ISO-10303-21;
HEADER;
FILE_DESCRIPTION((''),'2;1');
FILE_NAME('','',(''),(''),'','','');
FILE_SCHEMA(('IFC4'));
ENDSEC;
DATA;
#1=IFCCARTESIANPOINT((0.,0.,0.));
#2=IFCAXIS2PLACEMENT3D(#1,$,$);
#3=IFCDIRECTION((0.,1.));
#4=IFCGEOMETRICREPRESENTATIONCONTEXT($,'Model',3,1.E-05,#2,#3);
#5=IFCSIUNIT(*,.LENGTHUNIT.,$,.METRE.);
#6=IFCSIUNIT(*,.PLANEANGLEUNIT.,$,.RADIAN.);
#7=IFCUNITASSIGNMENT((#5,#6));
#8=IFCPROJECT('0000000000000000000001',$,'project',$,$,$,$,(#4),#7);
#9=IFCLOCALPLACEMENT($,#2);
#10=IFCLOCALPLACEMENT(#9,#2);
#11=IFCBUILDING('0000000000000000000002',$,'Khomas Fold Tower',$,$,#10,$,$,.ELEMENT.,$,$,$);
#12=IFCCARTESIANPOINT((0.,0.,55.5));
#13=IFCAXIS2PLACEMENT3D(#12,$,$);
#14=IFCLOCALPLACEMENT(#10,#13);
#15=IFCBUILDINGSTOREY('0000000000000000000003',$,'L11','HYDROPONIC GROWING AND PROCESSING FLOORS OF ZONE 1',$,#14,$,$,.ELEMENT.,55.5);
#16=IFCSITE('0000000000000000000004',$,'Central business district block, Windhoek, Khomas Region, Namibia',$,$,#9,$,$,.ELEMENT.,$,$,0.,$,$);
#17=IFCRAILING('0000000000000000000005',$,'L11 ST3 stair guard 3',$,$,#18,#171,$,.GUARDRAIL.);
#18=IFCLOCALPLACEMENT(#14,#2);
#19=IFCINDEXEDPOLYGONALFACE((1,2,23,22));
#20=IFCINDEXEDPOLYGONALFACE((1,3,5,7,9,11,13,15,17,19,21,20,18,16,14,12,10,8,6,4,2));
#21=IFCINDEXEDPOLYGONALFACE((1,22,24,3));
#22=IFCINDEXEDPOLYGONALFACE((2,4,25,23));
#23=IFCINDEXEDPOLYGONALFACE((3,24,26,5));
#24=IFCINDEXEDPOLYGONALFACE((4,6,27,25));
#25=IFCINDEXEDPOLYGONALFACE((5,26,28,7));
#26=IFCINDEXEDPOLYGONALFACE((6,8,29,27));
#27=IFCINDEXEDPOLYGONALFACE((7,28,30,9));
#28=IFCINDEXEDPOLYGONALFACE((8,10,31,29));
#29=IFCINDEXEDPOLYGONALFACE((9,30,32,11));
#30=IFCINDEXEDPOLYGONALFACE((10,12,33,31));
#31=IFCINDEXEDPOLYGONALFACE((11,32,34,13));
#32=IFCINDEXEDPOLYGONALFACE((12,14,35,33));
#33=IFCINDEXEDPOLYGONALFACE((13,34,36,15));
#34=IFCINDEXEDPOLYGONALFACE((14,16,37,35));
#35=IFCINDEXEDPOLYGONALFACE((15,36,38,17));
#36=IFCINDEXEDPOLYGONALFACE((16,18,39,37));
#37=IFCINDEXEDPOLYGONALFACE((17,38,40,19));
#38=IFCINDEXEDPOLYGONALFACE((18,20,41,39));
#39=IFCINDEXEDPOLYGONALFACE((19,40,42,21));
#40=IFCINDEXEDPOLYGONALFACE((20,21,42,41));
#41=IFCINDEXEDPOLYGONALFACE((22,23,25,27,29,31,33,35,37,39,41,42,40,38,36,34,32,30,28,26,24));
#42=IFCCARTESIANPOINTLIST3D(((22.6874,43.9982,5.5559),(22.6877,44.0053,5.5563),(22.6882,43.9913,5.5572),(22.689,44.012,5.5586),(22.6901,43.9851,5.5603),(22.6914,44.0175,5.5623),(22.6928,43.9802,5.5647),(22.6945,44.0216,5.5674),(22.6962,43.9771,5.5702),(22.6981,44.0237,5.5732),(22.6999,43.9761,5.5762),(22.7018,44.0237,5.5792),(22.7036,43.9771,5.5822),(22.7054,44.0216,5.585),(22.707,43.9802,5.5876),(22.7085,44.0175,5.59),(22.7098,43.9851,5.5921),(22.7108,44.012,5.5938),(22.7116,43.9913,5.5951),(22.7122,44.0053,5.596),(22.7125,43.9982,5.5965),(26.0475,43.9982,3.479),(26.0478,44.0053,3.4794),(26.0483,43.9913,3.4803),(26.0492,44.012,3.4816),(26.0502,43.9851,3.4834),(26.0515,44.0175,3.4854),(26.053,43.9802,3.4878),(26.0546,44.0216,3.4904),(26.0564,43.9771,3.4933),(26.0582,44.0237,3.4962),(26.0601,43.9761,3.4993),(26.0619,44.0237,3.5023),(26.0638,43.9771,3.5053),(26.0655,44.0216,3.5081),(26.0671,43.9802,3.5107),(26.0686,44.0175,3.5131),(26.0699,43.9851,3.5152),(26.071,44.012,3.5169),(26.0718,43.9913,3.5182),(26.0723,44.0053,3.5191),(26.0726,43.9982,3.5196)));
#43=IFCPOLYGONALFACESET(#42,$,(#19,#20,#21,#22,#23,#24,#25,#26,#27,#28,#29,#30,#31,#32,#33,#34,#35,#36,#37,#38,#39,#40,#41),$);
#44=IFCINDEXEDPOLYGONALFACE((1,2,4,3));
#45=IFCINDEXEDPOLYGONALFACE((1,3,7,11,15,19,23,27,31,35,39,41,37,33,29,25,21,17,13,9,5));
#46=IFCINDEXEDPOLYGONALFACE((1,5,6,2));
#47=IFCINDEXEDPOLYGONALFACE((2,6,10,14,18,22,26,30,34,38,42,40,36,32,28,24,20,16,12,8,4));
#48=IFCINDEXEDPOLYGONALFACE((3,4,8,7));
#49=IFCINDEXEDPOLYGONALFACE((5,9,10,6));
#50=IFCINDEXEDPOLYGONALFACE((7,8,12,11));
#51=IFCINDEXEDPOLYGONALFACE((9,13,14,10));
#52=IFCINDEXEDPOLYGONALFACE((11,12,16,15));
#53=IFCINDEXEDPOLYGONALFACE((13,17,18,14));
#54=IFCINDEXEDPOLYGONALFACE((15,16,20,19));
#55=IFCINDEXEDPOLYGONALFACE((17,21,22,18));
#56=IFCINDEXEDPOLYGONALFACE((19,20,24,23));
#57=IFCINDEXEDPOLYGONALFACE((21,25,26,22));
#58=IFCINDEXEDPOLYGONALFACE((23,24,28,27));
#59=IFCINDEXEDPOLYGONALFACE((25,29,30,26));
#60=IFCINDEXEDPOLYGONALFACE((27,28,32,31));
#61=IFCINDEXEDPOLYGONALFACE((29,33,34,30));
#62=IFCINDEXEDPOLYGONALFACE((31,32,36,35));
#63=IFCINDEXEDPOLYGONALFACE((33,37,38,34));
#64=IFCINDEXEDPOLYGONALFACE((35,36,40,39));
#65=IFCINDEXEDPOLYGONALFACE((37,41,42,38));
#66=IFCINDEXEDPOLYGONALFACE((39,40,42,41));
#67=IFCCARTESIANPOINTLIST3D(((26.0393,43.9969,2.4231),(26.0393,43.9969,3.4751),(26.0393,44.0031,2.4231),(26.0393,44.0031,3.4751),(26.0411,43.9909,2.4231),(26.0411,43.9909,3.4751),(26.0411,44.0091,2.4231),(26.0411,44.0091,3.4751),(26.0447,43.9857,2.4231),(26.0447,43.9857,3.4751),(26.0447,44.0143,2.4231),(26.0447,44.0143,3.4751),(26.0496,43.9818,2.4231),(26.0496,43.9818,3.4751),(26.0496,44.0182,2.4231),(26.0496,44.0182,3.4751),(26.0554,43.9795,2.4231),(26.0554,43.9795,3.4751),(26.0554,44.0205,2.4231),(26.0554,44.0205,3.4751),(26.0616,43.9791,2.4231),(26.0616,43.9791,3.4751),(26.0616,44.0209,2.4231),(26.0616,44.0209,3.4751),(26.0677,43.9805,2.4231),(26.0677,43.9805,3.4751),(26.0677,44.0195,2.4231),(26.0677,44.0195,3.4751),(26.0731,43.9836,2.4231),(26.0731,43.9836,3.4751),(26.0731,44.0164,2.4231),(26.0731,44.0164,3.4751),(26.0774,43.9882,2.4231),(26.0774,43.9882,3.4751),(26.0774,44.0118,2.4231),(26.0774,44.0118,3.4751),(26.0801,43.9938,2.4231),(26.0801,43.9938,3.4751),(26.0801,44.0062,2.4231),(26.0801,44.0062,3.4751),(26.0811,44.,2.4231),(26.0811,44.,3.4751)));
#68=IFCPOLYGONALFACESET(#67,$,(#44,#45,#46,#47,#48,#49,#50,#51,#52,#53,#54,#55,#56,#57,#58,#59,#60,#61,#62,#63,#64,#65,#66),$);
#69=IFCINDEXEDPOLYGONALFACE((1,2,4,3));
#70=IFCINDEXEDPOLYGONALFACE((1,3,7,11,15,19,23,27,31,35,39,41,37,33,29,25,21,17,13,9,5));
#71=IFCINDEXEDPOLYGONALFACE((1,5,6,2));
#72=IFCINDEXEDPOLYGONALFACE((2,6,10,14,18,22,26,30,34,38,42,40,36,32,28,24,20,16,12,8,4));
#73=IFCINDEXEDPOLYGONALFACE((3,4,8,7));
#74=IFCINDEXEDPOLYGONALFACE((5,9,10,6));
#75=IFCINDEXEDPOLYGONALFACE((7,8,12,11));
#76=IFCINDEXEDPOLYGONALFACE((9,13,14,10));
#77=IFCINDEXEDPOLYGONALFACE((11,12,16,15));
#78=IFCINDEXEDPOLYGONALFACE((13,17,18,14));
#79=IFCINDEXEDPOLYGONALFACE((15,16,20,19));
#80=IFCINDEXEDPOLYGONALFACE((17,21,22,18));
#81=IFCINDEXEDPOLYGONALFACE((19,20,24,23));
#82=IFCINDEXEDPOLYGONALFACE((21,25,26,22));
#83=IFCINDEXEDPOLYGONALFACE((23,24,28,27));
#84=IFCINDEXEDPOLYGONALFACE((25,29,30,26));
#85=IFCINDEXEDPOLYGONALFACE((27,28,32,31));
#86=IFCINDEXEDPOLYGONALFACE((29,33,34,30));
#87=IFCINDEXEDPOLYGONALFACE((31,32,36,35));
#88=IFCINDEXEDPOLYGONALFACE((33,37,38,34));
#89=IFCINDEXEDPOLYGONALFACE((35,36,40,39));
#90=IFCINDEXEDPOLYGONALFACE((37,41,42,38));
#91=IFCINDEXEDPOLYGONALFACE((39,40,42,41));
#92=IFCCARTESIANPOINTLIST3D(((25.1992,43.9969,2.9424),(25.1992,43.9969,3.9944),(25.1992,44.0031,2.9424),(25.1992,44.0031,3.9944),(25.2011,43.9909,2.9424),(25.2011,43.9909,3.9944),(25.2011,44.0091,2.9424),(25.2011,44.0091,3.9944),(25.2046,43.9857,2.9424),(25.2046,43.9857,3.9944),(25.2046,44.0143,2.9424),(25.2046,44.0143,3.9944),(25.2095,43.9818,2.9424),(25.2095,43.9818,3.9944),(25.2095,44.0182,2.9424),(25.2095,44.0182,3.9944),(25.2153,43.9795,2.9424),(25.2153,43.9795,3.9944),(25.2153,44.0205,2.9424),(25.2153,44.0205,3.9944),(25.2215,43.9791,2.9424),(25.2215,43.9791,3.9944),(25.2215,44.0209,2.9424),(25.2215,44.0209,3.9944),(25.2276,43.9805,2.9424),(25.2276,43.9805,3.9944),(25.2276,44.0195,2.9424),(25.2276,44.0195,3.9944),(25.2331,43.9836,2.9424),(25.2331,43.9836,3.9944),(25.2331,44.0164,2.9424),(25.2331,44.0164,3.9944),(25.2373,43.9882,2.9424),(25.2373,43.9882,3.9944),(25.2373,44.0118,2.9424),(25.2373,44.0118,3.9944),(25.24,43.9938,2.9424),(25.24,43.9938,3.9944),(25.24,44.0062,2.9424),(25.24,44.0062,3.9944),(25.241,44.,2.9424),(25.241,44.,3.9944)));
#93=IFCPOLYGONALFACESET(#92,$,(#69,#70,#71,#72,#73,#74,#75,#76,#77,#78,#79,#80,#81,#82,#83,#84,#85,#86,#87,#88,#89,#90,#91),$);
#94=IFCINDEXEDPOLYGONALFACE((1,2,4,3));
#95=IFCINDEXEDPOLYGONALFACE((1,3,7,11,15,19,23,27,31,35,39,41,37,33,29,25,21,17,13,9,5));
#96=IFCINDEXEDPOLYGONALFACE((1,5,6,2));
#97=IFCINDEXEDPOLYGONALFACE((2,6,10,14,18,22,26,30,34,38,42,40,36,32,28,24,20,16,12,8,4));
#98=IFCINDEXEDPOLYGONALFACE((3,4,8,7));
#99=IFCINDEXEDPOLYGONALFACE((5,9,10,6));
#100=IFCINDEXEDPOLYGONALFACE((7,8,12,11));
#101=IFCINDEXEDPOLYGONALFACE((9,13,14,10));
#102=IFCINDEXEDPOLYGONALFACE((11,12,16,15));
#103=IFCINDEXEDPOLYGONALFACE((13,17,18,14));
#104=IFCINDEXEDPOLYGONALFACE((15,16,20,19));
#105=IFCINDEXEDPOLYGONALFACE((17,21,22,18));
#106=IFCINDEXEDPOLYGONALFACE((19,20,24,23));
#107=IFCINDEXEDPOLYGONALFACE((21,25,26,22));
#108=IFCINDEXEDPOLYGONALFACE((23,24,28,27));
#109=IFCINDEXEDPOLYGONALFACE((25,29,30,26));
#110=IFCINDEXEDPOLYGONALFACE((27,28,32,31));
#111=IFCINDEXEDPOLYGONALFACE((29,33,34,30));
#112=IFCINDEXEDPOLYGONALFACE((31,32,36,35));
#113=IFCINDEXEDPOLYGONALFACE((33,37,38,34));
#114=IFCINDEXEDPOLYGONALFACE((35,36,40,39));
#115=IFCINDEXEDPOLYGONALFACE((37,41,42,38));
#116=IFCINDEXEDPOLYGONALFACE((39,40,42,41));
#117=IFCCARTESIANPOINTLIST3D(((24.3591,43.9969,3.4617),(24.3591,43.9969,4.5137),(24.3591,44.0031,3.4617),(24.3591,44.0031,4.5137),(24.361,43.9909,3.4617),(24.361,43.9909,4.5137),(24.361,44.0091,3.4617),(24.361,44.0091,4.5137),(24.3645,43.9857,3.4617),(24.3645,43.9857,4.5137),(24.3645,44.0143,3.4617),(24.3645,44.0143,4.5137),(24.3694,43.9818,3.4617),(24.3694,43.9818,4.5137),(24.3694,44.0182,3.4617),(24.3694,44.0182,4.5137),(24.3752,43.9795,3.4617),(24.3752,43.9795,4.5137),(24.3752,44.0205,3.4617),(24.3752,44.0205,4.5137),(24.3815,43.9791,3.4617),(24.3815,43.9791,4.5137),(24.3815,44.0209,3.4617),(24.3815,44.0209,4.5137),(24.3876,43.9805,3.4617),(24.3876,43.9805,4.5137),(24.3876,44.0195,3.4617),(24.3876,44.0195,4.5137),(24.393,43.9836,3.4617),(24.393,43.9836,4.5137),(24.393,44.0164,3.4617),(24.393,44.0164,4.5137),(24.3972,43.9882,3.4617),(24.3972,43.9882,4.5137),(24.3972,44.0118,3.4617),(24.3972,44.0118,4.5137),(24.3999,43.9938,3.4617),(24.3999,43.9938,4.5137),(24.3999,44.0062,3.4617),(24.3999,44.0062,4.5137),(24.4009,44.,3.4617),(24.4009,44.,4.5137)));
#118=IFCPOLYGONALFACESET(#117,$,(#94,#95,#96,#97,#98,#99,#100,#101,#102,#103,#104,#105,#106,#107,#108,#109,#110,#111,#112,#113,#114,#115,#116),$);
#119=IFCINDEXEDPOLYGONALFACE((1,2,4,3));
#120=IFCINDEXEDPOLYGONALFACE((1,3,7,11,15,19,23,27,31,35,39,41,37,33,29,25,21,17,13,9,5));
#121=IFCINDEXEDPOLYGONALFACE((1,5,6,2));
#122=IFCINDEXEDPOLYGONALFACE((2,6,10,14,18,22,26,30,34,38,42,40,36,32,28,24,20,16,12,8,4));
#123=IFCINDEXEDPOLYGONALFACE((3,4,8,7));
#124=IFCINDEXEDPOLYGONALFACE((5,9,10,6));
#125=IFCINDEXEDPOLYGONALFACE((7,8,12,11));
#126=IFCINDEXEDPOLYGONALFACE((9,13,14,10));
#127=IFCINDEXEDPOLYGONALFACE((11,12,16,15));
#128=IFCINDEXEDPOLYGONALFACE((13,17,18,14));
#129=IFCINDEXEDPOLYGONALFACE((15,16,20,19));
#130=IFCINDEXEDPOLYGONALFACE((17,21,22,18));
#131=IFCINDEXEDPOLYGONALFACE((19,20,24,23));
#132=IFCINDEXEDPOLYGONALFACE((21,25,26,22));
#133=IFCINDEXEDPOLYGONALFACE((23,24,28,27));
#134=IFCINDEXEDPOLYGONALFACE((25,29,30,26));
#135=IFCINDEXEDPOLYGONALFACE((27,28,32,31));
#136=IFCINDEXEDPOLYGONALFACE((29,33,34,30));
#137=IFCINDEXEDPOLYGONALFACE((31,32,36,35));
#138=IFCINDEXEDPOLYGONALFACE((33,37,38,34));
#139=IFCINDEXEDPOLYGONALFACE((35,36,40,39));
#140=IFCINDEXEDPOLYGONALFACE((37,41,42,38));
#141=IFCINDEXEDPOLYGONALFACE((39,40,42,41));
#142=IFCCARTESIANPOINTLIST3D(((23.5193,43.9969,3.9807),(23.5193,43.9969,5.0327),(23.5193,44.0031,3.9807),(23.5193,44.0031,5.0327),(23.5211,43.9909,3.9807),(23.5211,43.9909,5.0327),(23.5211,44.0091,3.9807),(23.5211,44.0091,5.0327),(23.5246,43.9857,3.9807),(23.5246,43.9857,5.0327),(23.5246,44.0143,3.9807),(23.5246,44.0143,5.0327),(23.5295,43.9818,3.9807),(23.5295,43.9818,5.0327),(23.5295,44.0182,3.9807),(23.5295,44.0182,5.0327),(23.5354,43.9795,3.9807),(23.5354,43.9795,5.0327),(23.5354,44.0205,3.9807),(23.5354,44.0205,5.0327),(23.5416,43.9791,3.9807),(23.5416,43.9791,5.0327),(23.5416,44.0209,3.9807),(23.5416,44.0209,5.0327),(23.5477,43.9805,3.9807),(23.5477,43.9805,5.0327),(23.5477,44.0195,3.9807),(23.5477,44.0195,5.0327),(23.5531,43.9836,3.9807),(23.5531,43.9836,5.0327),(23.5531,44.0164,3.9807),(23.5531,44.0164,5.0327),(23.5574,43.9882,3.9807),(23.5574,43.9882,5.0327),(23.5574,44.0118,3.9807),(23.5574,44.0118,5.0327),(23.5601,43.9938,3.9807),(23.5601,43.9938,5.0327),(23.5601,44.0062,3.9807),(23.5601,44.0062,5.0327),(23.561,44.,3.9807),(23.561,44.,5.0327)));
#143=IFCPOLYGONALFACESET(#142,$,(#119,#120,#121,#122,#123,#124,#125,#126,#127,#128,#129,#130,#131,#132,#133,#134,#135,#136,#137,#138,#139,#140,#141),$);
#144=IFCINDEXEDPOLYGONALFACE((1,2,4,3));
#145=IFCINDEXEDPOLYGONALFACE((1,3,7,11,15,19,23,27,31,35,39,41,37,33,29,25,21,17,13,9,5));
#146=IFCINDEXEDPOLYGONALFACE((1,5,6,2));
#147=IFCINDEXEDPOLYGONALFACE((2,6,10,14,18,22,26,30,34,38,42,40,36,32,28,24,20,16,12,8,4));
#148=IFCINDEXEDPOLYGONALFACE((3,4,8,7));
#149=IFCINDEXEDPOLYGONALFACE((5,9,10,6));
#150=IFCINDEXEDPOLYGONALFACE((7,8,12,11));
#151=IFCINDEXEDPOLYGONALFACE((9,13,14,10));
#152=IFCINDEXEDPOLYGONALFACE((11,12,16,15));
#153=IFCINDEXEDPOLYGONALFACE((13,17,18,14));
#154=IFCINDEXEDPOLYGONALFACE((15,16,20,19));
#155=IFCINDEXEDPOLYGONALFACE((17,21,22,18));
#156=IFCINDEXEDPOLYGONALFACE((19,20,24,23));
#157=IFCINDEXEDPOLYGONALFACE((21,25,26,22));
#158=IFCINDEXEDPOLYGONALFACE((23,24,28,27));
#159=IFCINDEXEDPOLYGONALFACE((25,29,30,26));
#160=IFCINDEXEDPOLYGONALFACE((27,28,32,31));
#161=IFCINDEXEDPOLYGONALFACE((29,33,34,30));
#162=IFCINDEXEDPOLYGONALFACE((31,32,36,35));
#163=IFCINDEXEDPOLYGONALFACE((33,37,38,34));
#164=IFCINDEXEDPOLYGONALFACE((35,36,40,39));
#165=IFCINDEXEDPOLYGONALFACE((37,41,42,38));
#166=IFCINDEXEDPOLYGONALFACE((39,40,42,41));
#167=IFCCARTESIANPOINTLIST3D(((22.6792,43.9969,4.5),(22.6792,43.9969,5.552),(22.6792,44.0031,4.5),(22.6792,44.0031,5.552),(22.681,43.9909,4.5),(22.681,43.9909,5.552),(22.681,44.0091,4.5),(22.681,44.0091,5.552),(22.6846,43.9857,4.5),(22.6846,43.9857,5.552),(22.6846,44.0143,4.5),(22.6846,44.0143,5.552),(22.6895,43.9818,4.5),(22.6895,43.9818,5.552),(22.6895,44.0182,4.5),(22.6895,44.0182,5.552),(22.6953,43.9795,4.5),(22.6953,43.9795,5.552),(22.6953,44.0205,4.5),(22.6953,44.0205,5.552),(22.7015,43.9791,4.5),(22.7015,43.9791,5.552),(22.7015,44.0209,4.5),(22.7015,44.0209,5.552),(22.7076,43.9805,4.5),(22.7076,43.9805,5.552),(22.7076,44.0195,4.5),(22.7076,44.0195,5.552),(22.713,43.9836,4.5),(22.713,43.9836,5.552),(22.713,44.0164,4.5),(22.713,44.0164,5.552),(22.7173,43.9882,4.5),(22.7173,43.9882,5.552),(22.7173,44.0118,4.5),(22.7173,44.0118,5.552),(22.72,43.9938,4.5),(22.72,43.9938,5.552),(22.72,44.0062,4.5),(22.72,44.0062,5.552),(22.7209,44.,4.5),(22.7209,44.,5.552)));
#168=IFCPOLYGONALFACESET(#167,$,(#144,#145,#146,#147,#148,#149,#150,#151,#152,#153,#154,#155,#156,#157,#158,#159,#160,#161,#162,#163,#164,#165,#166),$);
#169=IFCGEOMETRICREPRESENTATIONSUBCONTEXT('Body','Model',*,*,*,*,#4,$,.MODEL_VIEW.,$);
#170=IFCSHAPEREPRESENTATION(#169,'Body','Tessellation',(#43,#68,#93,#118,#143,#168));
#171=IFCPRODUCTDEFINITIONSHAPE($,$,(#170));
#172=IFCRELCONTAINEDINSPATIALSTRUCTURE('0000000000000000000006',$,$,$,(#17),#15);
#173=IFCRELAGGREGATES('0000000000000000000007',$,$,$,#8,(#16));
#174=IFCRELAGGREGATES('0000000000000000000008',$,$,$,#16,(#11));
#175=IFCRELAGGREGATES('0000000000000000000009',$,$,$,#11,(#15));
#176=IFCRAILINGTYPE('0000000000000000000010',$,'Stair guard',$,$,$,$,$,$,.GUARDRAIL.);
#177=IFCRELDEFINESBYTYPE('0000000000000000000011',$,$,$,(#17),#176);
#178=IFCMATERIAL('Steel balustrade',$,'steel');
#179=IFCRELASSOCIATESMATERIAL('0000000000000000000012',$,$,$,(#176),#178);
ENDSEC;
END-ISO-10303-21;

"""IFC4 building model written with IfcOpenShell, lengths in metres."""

from ifc_helpers import new_model, si_unit, direction, frame, origin, origin_2d, place, context, subcontext, project, spatial, circle, extrude, source, transform, mapped, material, type_object, element, save


model = new_model("IFC4")

# Units and contexts
model_context = context("Model", 3, precision=1e-05, world=origin(), true_north=direction((0.0, 1.0)))
body_context = subcontext(model_context, "Body", "Model", "MODEL_VIEW")
ifc_project = project(units=[si_unit("LENGTHUNIT", "METRE"), si_unit("PLANEANGLEUNIT", "RADIAN")], contexts=[model_context])

# Site, building, storey
site_placement = place(None, origin())
site = spatial("IfcSite", under=ifc_project, at=site_placement, Name="Central business district block, Windhoek, Khomas Region, Namibia", CompositionType="ELEMENT", RefElevation=0.0)
building_placement = place(site_placement, origin())
building = spatial("IfcBuilding", under=site, at=building_placement, Name="Khomas Fold Tower", CompositionType="ELEMENT")
storey_placement = place(building_placement, frame((0.0, 0.0, 55.5)))
storey = spatial("IfcBuildingStorey", under=building, at=storey_placement, Name="L11", Description="HYDROPONIC GROWING AND PROCESSING FLOORS OF ZONE 1", CompositionType="ELEMENT", Elevation=55.5)

# Railing
ifc_material_1 = material(Name="Steel balustrade", Category="steel")
railing_type_1 = type_object("IfcRailingType", Name="Stair guard", PredefinedType="GUARDRAIL", material=ifc_material_1)
shared_shape_1 = source(origin(), body_context, "Body", "SweptSolid", [
    extrude(circle(Radius=0.0239, at=origin_2d()), frame((0.0, 0.0, 1.0762), z_axis=(-0.850623, 0.0, 0.525776), x_axis=(0.0, -1.0, 0.0)), (0.0, 0.0, 1.0), 3.9502),
    extrude(circle(Radius=0.021, at=origin_2d()), origin(), (0.0, 0.0, 1.0), 1.052),
    extrude(circle(Radius=0.021, at=origin_2d()), frame((-0.8401, 0.0, 0.5193)), (0.0, 0.0, 1.0), 1.052),
    extrude(circle(Radius=0.021, at=origin_2d()), frame((-1.6802, 0.0, 1.0386)), (0.0, 0.0, 1.0), 1.052),
    extrude(circle(Radius=0.021, at=origin_2d()), frame((-2.52, 0.0, 1.5576)), (0.0, 0.0, 1.0), 1.052),
    extrude(circle(Radius=0.021, at=origin_2d()), frame((-3.3601, 0.0, 2.0769)), (0.0, 0.0, 1.0), 1.052),
])
railing_1_placement = place(storey_placement, frame((26.0601, 44.0, 2.4231)))
element("IfcRailing", 1, at=railing_1_placement, inside=storey, type_object=railing_type_1, Name="L11 ST3 stair guard 3", PredefinedType="GUARDRAIL", context=body_context, shape_type="MappedRepresentation", body=[
    mapped(shared_shape_1, transform((0.0, 0.0, 0.0))),
])

save(model, "model.ifc")
